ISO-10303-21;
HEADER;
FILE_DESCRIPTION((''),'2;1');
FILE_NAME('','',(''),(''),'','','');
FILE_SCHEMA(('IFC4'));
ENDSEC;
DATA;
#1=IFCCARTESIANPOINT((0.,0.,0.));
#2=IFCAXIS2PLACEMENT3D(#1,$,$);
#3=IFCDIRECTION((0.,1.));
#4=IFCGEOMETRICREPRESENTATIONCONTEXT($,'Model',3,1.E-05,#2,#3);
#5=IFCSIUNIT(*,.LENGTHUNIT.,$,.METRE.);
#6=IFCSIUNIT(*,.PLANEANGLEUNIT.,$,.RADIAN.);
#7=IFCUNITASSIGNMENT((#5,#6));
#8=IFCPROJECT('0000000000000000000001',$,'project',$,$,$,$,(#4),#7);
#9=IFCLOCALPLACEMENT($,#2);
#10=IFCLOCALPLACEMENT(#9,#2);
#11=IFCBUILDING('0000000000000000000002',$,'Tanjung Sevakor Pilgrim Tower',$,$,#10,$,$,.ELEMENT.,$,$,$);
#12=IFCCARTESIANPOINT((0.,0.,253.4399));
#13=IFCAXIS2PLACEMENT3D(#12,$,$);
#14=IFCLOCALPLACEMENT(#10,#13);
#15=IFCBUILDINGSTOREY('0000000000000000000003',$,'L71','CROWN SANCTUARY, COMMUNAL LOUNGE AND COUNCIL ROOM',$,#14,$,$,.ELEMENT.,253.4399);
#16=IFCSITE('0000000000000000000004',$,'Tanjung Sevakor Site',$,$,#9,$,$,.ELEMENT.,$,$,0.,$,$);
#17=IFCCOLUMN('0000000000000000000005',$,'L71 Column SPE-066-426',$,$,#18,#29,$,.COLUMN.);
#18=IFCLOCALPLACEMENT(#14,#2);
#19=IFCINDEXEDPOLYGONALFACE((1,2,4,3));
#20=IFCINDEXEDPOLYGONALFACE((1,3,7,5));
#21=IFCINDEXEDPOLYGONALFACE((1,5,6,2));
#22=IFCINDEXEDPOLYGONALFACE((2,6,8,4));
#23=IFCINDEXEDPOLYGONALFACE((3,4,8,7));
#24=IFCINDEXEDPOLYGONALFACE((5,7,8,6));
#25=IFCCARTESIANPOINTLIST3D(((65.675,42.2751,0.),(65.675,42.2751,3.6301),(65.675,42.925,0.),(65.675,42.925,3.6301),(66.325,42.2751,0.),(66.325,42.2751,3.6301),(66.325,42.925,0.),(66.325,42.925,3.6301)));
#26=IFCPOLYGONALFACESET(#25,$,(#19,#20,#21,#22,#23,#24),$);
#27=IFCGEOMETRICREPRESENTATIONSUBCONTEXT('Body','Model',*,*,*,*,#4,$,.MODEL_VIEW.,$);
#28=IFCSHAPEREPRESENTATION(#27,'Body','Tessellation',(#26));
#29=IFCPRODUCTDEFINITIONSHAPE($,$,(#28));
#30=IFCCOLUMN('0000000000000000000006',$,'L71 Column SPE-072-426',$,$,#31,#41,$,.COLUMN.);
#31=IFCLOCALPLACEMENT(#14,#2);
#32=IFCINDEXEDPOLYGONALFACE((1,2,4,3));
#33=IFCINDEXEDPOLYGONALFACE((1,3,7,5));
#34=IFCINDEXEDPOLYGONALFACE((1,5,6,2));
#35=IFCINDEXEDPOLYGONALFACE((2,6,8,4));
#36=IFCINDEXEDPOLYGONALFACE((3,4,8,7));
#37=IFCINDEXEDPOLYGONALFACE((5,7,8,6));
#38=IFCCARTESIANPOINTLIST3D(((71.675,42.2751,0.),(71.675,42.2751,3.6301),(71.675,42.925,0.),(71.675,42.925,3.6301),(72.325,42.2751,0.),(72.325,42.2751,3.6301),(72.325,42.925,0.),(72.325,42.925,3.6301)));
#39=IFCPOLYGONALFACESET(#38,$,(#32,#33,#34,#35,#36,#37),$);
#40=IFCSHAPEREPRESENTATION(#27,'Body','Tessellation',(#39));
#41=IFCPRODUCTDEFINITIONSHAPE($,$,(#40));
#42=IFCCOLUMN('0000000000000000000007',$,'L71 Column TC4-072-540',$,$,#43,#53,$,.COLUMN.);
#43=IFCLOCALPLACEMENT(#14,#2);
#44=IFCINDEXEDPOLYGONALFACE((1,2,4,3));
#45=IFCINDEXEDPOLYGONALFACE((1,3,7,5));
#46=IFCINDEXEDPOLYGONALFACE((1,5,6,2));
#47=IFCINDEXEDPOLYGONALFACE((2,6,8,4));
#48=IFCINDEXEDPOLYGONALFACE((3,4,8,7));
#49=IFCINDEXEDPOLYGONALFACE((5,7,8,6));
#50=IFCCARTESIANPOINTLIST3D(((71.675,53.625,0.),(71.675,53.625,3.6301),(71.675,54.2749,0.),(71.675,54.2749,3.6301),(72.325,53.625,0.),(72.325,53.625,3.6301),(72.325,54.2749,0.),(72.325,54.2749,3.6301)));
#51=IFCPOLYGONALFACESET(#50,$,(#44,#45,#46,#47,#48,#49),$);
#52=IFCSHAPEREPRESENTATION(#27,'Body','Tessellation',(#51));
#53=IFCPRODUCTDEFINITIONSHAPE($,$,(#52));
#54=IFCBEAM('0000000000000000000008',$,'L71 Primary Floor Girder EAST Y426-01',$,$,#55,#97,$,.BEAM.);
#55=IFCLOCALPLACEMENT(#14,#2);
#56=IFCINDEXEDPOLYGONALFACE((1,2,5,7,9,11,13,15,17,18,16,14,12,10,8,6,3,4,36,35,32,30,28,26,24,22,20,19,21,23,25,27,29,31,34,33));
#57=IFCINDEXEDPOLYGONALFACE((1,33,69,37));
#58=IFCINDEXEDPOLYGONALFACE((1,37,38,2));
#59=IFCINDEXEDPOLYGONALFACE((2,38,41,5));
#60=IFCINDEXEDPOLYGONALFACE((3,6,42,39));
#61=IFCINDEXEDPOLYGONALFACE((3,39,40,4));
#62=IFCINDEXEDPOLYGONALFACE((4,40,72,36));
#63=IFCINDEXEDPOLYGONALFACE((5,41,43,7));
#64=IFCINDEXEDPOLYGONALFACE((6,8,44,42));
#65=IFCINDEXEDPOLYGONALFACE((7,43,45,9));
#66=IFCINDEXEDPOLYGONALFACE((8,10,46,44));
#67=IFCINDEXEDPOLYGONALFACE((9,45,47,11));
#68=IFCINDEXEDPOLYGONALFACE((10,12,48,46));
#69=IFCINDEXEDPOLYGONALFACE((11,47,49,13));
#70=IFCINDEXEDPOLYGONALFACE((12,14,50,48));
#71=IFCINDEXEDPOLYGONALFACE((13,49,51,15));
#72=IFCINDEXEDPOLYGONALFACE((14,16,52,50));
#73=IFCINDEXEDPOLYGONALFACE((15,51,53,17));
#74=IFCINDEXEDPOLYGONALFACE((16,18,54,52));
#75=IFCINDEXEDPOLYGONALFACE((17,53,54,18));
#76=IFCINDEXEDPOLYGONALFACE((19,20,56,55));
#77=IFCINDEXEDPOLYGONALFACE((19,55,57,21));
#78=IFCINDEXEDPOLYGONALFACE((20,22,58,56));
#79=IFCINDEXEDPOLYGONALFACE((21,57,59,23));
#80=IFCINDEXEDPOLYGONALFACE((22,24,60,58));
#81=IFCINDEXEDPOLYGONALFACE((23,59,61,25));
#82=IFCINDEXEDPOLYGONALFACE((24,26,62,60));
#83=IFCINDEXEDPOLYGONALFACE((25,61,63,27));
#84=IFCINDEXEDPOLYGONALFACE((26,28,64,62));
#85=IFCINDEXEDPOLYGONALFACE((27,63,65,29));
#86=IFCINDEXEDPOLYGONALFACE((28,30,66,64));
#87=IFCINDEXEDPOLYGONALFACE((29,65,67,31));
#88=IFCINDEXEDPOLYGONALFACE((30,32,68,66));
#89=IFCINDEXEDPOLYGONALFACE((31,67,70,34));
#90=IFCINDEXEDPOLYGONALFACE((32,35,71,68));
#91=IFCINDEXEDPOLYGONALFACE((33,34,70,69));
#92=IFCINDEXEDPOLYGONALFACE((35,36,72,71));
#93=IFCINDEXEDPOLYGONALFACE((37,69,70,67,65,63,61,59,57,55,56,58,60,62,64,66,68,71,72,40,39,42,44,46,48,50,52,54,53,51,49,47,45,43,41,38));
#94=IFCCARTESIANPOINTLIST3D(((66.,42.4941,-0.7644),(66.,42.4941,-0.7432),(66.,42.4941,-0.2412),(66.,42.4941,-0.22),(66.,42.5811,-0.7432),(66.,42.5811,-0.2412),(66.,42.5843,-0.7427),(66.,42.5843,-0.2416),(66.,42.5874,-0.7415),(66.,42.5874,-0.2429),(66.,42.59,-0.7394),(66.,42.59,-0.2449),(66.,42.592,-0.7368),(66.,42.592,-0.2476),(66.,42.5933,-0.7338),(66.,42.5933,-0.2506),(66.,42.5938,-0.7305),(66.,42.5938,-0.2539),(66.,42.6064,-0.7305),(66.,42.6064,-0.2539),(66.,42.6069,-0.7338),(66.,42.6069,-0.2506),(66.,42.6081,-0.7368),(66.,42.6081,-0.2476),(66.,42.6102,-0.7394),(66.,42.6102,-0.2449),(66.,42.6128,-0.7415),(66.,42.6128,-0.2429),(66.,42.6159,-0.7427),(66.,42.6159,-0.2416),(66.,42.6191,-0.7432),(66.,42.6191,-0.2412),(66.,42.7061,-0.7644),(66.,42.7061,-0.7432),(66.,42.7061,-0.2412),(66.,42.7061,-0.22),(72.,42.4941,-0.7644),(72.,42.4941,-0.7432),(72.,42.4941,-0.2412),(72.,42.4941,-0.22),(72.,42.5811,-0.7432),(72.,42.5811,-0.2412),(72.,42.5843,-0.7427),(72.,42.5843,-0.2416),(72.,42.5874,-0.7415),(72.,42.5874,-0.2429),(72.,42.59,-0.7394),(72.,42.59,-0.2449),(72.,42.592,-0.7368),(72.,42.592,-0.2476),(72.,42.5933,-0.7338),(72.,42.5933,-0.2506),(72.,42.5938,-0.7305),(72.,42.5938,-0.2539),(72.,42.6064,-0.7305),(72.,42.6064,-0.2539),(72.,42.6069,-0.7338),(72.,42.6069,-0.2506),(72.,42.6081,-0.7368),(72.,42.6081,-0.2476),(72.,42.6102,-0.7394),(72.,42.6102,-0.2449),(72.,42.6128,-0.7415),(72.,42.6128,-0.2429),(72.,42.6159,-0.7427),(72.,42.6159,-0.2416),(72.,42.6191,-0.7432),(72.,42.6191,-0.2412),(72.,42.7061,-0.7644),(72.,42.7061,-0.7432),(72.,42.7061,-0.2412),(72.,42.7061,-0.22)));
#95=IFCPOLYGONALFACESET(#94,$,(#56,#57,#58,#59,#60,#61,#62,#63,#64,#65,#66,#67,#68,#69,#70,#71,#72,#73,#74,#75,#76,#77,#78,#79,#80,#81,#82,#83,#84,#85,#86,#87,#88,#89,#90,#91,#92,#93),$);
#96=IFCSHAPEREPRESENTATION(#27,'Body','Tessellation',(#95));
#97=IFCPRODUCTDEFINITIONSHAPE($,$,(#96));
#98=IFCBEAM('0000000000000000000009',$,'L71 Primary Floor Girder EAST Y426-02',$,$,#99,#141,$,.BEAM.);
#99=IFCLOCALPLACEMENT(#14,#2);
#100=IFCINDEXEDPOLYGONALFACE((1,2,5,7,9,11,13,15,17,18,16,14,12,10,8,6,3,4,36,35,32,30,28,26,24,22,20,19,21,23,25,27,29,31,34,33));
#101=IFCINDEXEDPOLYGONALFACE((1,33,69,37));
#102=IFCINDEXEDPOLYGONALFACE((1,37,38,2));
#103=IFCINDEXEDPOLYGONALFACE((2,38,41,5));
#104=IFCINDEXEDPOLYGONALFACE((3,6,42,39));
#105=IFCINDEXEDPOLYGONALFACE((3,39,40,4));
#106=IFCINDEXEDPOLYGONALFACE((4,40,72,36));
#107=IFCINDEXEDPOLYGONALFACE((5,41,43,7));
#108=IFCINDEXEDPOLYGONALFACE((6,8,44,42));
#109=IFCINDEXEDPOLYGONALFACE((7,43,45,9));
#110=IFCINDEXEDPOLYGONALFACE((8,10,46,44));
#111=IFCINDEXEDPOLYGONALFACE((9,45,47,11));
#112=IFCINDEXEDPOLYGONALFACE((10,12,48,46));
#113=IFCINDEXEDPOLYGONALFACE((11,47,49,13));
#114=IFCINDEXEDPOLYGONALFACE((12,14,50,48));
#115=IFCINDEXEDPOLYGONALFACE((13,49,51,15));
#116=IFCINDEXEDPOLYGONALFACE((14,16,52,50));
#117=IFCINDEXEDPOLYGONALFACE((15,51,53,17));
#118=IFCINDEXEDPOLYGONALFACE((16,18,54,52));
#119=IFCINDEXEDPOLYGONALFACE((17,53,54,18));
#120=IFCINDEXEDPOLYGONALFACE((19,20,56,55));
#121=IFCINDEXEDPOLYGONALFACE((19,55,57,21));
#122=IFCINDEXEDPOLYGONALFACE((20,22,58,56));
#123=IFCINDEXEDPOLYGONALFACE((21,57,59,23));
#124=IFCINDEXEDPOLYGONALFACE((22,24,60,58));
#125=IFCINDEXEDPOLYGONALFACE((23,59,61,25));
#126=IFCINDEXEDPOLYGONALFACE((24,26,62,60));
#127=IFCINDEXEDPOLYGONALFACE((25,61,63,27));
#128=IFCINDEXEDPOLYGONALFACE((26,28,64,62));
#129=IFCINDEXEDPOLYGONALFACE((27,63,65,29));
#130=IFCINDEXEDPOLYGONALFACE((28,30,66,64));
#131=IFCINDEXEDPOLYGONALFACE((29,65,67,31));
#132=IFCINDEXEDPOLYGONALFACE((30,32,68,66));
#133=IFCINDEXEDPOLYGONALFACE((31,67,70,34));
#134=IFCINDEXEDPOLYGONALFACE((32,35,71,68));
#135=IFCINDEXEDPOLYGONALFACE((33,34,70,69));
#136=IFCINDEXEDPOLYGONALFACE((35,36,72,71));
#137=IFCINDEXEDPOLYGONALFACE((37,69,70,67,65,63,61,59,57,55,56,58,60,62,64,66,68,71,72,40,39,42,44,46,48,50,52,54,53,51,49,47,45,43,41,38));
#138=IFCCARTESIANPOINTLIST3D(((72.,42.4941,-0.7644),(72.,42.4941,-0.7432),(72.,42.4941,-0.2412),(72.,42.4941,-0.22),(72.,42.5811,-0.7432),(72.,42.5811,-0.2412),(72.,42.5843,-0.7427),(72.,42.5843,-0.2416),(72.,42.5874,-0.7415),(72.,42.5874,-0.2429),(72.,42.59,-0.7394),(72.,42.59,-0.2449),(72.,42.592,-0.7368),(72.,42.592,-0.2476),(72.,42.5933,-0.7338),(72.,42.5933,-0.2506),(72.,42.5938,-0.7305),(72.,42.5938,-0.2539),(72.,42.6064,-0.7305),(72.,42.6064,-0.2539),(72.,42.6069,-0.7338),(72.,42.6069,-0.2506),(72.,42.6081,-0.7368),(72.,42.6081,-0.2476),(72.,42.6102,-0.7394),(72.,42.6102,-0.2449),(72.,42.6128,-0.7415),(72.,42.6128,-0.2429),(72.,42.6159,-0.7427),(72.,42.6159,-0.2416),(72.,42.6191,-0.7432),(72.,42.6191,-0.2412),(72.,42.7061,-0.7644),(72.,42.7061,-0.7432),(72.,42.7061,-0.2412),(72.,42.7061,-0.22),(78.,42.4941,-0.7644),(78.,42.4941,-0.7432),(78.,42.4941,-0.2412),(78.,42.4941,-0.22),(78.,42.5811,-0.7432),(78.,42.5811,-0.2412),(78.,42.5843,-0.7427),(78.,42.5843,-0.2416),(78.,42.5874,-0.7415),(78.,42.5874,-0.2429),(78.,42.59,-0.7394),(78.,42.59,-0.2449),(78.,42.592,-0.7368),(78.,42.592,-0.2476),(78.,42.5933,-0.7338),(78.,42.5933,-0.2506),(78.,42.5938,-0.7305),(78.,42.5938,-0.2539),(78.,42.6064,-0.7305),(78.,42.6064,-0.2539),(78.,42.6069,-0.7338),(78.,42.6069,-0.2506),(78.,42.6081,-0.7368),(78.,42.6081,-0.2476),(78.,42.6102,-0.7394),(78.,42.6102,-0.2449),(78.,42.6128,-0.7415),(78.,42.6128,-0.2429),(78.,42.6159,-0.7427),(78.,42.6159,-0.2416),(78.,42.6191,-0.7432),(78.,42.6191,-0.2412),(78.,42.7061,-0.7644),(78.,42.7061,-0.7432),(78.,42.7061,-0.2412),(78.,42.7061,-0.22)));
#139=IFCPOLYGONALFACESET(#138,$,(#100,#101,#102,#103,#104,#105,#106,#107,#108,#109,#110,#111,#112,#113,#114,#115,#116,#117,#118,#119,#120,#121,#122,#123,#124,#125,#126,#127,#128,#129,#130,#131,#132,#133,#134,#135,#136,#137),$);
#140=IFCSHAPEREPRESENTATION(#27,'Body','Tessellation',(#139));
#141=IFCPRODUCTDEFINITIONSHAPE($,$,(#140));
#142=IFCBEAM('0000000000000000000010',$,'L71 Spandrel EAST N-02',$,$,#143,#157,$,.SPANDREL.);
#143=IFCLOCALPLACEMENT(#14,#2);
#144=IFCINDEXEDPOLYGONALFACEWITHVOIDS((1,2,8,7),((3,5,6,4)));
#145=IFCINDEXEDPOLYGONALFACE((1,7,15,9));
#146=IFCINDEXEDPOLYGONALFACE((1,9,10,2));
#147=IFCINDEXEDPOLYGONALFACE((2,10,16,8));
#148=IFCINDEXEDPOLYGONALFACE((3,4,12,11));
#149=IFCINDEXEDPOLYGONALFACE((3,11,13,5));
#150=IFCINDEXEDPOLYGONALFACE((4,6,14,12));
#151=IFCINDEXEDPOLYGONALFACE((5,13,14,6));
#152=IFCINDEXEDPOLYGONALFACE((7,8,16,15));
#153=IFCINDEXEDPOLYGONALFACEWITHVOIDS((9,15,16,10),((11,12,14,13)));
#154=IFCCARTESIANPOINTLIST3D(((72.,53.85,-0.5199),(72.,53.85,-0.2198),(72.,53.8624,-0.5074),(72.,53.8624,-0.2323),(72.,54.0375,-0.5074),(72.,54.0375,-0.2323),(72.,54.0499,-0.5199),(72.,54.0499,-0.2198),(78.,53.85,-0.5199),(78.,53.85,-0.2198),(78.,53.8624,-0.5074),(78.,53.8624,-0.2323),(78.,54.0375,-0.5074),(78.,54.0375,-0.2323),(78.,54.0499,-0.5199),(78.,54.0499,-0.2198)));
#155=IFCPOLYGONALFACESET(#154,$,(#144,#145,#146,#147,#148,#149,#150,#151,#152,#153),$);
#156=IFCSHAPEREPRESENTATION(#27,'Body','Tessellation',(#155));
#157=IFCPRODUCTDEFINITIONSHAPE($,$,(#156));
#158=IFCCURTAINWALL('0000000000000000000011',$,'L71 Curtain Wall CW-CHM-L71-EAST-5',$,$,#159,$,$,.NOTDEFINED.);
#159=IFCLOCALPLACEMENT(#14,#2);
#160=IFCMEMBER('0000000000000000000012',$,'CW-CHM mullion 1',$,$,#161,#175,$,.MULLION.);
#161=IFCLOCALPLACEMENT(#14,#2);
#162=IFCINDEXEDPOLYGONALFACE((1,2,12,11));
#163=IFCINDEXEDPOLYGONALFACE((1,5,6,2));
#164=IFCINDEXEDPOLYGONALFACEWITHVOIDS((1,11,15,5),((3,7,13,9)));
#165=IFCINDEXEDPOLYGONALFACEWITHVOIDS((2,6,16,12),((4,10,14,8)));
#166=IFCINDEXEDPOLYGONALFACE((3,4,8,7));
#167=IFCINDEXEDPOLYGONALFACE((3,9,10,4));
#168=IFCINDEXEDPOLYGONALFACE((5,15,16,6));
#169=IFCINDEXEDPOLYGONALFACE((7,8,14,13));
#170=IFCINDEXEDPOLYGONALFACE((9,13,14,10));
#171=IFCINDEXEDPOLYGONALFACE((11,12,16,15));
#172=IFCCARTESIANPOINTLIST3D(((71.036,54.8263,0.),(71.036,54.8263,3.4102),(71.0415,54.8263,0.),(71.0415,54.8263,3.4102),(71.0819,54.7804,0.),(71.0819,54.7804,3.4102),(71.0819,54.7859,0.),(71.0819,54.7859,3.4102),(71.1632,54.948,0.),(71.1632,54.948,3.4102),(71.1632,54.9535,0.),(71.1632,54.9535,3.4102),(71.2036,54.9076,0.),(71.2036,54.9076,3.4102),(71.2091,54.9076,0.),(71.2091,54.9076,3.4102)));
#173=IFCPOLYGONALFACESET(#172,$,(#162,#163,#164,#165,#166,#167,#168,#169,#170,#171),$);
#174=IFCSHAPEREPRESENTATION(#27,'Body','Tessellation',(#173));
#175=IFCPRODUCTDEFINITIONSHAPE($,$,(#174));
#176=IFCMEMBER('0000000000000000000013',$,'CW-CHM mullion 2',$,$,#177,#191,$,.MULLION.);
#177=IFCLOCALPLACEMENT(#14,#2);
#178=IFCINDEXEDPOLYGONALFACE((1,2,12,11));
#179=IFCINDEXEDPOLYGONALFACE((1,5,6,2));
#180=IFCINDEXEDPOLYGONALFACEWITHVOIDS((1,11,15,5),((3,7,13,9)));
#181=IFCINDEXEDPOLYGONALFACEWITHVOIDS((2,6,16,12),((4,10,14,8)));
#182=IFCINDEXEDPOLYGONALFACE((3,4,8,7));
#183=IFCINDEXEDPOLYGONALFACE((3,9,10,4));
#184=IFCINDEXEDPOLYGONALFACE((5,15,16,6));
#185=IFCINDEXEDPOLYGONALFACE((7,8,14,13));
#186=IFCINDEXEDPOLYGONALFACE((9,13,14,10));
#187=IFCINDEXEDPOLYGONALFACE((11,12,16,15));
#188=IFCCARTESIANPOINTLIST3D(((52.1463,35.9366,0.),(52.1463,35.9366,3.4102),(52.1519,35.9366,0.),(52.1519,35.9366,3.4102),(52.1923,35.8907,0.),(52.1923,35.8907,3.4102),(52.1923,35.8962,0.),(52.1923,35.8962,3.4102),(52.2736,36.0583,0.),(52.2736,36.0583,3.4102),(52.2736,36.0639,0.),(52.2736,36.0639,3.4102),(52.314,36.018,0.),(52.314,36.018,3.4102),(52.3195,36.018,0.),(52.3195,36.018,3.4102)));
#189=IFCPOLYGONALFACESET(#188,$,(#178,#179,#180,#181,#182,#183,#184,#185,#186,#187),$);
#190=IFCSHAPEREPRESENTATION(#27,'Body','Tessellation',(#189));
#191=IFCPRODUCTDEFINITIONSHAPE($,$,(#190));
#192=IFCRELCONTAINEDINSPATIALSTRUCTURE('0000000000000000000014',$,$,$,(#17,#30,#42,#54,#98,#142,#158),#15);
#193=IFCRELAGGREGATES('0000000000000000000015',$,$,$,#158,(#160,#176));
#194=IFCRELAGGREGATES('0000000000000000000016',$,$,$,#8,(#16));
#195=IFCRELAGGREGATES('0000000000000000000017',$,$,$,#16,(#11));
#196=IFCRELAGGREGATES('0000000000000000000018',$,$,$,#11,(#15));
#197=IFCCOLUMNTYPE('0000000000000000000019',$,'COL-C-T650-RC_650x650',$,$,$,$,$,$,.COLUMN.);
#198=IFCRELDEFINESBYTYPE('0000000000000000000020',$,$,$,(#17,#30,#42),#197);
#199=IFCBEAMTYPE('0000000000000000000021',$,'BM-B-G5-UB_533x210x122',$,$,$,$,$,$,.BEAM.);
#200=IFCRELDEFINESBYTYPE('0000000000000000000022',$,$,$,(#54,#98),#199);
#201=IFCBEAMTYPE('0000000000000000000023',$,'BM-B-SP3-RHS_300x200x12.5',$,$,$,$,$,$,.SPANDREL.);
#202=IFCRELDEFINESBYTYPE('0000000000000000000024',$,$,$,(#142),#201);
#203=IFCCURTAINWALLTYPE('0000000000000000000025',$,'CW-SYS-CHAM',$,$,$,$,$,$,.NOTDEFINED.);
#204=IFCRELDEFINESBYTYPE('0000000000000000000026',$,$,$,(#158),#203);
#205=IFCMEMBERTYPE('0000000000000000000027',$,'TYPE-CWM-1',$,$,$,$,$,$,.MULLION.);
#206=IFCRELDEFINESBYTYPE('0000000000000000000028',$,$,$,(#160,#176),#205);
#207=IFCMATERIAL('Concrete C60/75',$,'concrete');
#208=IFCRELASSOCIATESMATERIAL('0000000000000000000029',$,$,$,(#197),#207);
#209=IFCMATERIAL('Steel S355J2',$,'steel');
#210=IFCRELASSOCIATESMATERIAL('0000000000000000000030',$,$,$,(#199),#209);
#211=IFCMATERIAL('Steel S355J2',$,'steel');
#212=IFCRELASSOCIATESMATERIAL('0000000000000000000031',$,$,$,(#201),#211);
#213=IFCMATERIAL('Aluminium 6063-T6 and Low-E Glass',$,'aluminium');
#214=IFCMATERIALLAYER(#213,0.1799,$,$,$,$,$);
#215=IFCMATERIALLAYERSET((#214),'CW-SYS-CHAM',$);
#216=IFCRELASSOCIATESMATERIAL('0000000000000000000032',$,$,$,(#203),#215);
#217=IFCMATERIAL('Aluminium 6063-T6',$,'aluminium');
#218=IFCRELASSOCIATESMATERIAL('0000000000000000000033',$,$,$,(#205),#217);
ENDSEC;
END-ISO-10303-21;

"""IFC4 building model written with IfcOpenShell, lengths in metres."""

from ifc_helpers import new_model, si_unit, direction, frame, origin, origin_2d, place, context, subcontext, project, spatial, rectangle, hollow_rectangle, i_section, extrude, material, layer, layer_set, material_profile, profile_set, type_object, element, aggregate, save


model = new_model("IFC4")

# Units and contexts
model_context = context("Model", 3, precision=1e-05, world=origin(), true_north=direction((0.0, 1.0)))
body_context = subcontext(model_context, "Body", "Model", "MODEL_VIEW")
ifc_project = project(units=[si_unit("LENGTHUNIT", "METRE"), si_unit("PLANEANGLEUNIT", "RADIAN")], contexts=[model_context])

# Site, building, storey
site_placement = place(None, origin())
site = spatial("IfcSite", under=ifc_project, at=site_placement, Name="Tanjung Sevakor Site", CompositionType="ELEMENT", RefElevation=0.0)
building_placement = place(site_placement, origin())
building = spatial("IfcBuilding", under=site, at=building_placement, Name="Tanjung Sevakor Pilgrim Tower", CompositionType="ELEMENT")
storey_placement = place(building_placement, frame((0.0, 0.0, 253.4399)))
storey = spatial("IfcBuildingStorey", under=building, at=storey_placement, Name="L71", Description="CROWN SANCTUARY, COMMUNAL LOUNGE AND COUNCIL ROOM", CompositionType="ELEMENT", Elevation=253.4399)

# Columns
ifc_material_1 = material(Name="Concrete C60/75", Category="concrete")
ifc_material_profile_1 = material_profile(ifc_material_1, rectangle(XDim=0.6499, YDim=0.6499, at=origin_2d()))
ifc_profile_set_1 = profile_set([ifc_material_profile_1], Name="Concrete C60/75")
column_type = type_object("IfcColumnType", Name="COL-C-T650-RC_650x650", PredefinedType="COLUMN", material=ifc_profile_set_1)
for number, where, z_axis, x_axis, name in (
    (1, (66.0, 42.6001, 0.0), (0.0, 0.0, 1.0), (1.0, 0.0, 0.0), "L71 Column SPE-066-426"),
    (2, (72.0, 42.6001, 0.0), (0.0, 0.0, 1.0), (1.0, 0.0, 0.0), "L71 Column SPE-072-426"),
    (3, (72.0, 53.95, 0.0), (0.0, 0.0, 1.0), (1.0, 0.0, 0.0), "L71 Column TC4-072-540"),
):
    element("IfcColumn", number, at=place(storey_placement, frame(where, z_axis=z_axis, x_axis=x_axis)), inside=storey, type_object=column_type, Name=name, PredefinedType="COLUMN", context=body_context, shape_type="SweptSolid", body=[
        extrude(rectangle(XDim=0.6499, YDim=0.6499, at=origin_2d()), origin(), (0.0, 0.0, 1.0), 3.6301),
    ])

# Beams
ifc_material_2 = material(Name="Steel S355J2", Category="steel")
ifc_material_profile_2 = material_profile(ifc_material_2, i_section(OverallWidth=0.2119, OverallDepth=0.5444, WebThickness=0.0127, FlangeThickness=0.0212, FilletRadius=0.0127, at=origin_2d()))
ifc_profile_set_2 = profile_set([ifc_material_profile_2], Name="Steel S355J2")
beam_type_1 = type_object("IfcBeamType", Name="BM-B-G5-UB_533x210x122", PredefinedType="BEAM", material=ifc_profile_set_2)
for number, where, z_axis, x_axis, name in (
    (4, (66.0, 42.6001, -0.4922), (1.0, 0.0, 0.0), (0.0, 1.0, 0.0), "L71 Primary Floor Girder EAST Y426-01"),
    (5, (72.0, 42.6001, -0.4922), (1.0, 0.0, 0.0), (0.0, 1.0, 0.0), "L71 Primary Floor Girder EAST Y426-02"),
):
    element("IfcBeam", number, at=place(storey_placement, frame(where, z_axis=z_axis, x_axis=x_axis)), inside=storey, type_object=beam_type_1, Name=name, PredefinedType="BEAM", context=body_context, shape_type="SweptSolid", body=[
        extrude(i_section(OverallWidth=0.2119, OverallDepth=0.5444, WebThickness=0.0127, FlangeThickness=0.0212, FilletRadius=0.0127, at=origin_2d()), origin(), (0.0, 0.0, 1.0), 6.0),
    ])
ifc_material_3 = material(Name="Steel S355J2", Category="steel")
ifc_material_profile_3 = material_profile(ifc_material_3, hollow_rectangle(XDim=0.2, YDim=0.3, WallThickness=0.0125, at=origin_2d()))
ifc_profile_set_3 = profile_set([ifc_material_profile_3], Name="Steel S355J2")
beam_type_2 = type_object("IfcBeamType", Name="BM-B-SP3-RHS_300x200x12.5", PredefinedType="SPANDREL", material=ifc_profile_set_3)
beam_placement = place(storey_placement, frame((72.0, 53.95, -0.3699), z_axis=(1.0, 0.0, 0.0), x_axis=(0.0, 1.0, 0.0)))
element("IfcBeam", 6, at=beam_placement, inside=storey, type_object=beam_type_2, Name="L71 Spandrel EAST N-02", PredefinedType="SPANDREL", context=body_context, shape_type="SweptSolid", body=[
    extrude(hollow_rectangle(XDim=0.2, YDim=0.3, WallThickness=0.0125, at=origin_2d()), origin(), (0.0, 0.0, 1.0), 6.0),
])

# Curtain wall, members
ifc_material_4 = material(Name="Aluminium 6063-T6 and Low-E Glass", Category="aluminium")
ifc_layer_1 = layer(ifc_material_4, 0.1799)
ifc_layer_set_1 = layer_set([ifc_layer_1], Name="CW-SYS-CHAM")
curtain_wall_type = type_object("IfcCurtainWallType", Name="CW-SYS-CHAM", PredefinedType="NOTDEFINED", material=ifc_layer_set_1)
curtain_wall_placement = place(storey_placement, origin())
curtain_wall = element("IfcCurtainWall", 7, at=curtain_wall_placement, inside=storey, type_object=curtain_wall_type, Name="L71 Curtain Wall CW-CHM-L71-EAST-5", PredefinedType="NOTDEFINED")
ifc_material_5 = material(Name="Aluminium 6063-T6", Category="aluminium")
ifc_material_profile_4 = material_profile(ifc_material_5, hollow_rectangle(XDim=0.0649, YDim=0.1799, WallThickness=0.0039, at=origin_2d()))
ifc_profile_set_4 = profile_set([ifc_material_profile_4], Name="Aluminium 6063-T6")
member_type_1 = type_object("IfcMemberType", Name="TYPE-CWM-1", PredefinedType="MULLION", material=ifc_profile_set_4)
member_1_placement = place(storey_placement, frame((71.1226, 54.8669, 0.0), z_axis=(0.0, 0.0, 1.0), x_axis=(0.707107, -0.707107, 0.0)))
member_1 = element("IfcMember", 8, at=member_1_placement, type_object=member_type_1, Name="CW-CHM mullion 1", PredefinedType="MULLION", context=body_context, shape_type="SweptSolid", body=[
    extrude(hollow_rectangle(XDim=0.0649, YDim=0.1799, WallThickness=0.0039, at=origin_2d()), origin(), (0.0, 0.0, 1.0), 3.4102),
])
member_2_placement = place(storey_placement, frame((52.2329, 35.9773, 0.0), z_axis=(0.0, 0.0, 1.0), x_axis=(0.707107, -0.707107, 0.0)))
member_2 = element("IfcMember", 9, at=member_2_placement, type_object=member_type_1, Name="CW-CHM mullion 2", PredefinedType="MULLION", context=body_context, shape_type="SweptSolid", body=[
    extrude(hollow_rectangle(XDim=0.0649, YDim=0.1799, WallThickness=0.0039, at=origin_2d()), origin(), (0.0, 0.0, 1.0), 3.4102),
])
aggregate(curtain_wall, [member_1, member_2])

save(model, "model.ifc")
